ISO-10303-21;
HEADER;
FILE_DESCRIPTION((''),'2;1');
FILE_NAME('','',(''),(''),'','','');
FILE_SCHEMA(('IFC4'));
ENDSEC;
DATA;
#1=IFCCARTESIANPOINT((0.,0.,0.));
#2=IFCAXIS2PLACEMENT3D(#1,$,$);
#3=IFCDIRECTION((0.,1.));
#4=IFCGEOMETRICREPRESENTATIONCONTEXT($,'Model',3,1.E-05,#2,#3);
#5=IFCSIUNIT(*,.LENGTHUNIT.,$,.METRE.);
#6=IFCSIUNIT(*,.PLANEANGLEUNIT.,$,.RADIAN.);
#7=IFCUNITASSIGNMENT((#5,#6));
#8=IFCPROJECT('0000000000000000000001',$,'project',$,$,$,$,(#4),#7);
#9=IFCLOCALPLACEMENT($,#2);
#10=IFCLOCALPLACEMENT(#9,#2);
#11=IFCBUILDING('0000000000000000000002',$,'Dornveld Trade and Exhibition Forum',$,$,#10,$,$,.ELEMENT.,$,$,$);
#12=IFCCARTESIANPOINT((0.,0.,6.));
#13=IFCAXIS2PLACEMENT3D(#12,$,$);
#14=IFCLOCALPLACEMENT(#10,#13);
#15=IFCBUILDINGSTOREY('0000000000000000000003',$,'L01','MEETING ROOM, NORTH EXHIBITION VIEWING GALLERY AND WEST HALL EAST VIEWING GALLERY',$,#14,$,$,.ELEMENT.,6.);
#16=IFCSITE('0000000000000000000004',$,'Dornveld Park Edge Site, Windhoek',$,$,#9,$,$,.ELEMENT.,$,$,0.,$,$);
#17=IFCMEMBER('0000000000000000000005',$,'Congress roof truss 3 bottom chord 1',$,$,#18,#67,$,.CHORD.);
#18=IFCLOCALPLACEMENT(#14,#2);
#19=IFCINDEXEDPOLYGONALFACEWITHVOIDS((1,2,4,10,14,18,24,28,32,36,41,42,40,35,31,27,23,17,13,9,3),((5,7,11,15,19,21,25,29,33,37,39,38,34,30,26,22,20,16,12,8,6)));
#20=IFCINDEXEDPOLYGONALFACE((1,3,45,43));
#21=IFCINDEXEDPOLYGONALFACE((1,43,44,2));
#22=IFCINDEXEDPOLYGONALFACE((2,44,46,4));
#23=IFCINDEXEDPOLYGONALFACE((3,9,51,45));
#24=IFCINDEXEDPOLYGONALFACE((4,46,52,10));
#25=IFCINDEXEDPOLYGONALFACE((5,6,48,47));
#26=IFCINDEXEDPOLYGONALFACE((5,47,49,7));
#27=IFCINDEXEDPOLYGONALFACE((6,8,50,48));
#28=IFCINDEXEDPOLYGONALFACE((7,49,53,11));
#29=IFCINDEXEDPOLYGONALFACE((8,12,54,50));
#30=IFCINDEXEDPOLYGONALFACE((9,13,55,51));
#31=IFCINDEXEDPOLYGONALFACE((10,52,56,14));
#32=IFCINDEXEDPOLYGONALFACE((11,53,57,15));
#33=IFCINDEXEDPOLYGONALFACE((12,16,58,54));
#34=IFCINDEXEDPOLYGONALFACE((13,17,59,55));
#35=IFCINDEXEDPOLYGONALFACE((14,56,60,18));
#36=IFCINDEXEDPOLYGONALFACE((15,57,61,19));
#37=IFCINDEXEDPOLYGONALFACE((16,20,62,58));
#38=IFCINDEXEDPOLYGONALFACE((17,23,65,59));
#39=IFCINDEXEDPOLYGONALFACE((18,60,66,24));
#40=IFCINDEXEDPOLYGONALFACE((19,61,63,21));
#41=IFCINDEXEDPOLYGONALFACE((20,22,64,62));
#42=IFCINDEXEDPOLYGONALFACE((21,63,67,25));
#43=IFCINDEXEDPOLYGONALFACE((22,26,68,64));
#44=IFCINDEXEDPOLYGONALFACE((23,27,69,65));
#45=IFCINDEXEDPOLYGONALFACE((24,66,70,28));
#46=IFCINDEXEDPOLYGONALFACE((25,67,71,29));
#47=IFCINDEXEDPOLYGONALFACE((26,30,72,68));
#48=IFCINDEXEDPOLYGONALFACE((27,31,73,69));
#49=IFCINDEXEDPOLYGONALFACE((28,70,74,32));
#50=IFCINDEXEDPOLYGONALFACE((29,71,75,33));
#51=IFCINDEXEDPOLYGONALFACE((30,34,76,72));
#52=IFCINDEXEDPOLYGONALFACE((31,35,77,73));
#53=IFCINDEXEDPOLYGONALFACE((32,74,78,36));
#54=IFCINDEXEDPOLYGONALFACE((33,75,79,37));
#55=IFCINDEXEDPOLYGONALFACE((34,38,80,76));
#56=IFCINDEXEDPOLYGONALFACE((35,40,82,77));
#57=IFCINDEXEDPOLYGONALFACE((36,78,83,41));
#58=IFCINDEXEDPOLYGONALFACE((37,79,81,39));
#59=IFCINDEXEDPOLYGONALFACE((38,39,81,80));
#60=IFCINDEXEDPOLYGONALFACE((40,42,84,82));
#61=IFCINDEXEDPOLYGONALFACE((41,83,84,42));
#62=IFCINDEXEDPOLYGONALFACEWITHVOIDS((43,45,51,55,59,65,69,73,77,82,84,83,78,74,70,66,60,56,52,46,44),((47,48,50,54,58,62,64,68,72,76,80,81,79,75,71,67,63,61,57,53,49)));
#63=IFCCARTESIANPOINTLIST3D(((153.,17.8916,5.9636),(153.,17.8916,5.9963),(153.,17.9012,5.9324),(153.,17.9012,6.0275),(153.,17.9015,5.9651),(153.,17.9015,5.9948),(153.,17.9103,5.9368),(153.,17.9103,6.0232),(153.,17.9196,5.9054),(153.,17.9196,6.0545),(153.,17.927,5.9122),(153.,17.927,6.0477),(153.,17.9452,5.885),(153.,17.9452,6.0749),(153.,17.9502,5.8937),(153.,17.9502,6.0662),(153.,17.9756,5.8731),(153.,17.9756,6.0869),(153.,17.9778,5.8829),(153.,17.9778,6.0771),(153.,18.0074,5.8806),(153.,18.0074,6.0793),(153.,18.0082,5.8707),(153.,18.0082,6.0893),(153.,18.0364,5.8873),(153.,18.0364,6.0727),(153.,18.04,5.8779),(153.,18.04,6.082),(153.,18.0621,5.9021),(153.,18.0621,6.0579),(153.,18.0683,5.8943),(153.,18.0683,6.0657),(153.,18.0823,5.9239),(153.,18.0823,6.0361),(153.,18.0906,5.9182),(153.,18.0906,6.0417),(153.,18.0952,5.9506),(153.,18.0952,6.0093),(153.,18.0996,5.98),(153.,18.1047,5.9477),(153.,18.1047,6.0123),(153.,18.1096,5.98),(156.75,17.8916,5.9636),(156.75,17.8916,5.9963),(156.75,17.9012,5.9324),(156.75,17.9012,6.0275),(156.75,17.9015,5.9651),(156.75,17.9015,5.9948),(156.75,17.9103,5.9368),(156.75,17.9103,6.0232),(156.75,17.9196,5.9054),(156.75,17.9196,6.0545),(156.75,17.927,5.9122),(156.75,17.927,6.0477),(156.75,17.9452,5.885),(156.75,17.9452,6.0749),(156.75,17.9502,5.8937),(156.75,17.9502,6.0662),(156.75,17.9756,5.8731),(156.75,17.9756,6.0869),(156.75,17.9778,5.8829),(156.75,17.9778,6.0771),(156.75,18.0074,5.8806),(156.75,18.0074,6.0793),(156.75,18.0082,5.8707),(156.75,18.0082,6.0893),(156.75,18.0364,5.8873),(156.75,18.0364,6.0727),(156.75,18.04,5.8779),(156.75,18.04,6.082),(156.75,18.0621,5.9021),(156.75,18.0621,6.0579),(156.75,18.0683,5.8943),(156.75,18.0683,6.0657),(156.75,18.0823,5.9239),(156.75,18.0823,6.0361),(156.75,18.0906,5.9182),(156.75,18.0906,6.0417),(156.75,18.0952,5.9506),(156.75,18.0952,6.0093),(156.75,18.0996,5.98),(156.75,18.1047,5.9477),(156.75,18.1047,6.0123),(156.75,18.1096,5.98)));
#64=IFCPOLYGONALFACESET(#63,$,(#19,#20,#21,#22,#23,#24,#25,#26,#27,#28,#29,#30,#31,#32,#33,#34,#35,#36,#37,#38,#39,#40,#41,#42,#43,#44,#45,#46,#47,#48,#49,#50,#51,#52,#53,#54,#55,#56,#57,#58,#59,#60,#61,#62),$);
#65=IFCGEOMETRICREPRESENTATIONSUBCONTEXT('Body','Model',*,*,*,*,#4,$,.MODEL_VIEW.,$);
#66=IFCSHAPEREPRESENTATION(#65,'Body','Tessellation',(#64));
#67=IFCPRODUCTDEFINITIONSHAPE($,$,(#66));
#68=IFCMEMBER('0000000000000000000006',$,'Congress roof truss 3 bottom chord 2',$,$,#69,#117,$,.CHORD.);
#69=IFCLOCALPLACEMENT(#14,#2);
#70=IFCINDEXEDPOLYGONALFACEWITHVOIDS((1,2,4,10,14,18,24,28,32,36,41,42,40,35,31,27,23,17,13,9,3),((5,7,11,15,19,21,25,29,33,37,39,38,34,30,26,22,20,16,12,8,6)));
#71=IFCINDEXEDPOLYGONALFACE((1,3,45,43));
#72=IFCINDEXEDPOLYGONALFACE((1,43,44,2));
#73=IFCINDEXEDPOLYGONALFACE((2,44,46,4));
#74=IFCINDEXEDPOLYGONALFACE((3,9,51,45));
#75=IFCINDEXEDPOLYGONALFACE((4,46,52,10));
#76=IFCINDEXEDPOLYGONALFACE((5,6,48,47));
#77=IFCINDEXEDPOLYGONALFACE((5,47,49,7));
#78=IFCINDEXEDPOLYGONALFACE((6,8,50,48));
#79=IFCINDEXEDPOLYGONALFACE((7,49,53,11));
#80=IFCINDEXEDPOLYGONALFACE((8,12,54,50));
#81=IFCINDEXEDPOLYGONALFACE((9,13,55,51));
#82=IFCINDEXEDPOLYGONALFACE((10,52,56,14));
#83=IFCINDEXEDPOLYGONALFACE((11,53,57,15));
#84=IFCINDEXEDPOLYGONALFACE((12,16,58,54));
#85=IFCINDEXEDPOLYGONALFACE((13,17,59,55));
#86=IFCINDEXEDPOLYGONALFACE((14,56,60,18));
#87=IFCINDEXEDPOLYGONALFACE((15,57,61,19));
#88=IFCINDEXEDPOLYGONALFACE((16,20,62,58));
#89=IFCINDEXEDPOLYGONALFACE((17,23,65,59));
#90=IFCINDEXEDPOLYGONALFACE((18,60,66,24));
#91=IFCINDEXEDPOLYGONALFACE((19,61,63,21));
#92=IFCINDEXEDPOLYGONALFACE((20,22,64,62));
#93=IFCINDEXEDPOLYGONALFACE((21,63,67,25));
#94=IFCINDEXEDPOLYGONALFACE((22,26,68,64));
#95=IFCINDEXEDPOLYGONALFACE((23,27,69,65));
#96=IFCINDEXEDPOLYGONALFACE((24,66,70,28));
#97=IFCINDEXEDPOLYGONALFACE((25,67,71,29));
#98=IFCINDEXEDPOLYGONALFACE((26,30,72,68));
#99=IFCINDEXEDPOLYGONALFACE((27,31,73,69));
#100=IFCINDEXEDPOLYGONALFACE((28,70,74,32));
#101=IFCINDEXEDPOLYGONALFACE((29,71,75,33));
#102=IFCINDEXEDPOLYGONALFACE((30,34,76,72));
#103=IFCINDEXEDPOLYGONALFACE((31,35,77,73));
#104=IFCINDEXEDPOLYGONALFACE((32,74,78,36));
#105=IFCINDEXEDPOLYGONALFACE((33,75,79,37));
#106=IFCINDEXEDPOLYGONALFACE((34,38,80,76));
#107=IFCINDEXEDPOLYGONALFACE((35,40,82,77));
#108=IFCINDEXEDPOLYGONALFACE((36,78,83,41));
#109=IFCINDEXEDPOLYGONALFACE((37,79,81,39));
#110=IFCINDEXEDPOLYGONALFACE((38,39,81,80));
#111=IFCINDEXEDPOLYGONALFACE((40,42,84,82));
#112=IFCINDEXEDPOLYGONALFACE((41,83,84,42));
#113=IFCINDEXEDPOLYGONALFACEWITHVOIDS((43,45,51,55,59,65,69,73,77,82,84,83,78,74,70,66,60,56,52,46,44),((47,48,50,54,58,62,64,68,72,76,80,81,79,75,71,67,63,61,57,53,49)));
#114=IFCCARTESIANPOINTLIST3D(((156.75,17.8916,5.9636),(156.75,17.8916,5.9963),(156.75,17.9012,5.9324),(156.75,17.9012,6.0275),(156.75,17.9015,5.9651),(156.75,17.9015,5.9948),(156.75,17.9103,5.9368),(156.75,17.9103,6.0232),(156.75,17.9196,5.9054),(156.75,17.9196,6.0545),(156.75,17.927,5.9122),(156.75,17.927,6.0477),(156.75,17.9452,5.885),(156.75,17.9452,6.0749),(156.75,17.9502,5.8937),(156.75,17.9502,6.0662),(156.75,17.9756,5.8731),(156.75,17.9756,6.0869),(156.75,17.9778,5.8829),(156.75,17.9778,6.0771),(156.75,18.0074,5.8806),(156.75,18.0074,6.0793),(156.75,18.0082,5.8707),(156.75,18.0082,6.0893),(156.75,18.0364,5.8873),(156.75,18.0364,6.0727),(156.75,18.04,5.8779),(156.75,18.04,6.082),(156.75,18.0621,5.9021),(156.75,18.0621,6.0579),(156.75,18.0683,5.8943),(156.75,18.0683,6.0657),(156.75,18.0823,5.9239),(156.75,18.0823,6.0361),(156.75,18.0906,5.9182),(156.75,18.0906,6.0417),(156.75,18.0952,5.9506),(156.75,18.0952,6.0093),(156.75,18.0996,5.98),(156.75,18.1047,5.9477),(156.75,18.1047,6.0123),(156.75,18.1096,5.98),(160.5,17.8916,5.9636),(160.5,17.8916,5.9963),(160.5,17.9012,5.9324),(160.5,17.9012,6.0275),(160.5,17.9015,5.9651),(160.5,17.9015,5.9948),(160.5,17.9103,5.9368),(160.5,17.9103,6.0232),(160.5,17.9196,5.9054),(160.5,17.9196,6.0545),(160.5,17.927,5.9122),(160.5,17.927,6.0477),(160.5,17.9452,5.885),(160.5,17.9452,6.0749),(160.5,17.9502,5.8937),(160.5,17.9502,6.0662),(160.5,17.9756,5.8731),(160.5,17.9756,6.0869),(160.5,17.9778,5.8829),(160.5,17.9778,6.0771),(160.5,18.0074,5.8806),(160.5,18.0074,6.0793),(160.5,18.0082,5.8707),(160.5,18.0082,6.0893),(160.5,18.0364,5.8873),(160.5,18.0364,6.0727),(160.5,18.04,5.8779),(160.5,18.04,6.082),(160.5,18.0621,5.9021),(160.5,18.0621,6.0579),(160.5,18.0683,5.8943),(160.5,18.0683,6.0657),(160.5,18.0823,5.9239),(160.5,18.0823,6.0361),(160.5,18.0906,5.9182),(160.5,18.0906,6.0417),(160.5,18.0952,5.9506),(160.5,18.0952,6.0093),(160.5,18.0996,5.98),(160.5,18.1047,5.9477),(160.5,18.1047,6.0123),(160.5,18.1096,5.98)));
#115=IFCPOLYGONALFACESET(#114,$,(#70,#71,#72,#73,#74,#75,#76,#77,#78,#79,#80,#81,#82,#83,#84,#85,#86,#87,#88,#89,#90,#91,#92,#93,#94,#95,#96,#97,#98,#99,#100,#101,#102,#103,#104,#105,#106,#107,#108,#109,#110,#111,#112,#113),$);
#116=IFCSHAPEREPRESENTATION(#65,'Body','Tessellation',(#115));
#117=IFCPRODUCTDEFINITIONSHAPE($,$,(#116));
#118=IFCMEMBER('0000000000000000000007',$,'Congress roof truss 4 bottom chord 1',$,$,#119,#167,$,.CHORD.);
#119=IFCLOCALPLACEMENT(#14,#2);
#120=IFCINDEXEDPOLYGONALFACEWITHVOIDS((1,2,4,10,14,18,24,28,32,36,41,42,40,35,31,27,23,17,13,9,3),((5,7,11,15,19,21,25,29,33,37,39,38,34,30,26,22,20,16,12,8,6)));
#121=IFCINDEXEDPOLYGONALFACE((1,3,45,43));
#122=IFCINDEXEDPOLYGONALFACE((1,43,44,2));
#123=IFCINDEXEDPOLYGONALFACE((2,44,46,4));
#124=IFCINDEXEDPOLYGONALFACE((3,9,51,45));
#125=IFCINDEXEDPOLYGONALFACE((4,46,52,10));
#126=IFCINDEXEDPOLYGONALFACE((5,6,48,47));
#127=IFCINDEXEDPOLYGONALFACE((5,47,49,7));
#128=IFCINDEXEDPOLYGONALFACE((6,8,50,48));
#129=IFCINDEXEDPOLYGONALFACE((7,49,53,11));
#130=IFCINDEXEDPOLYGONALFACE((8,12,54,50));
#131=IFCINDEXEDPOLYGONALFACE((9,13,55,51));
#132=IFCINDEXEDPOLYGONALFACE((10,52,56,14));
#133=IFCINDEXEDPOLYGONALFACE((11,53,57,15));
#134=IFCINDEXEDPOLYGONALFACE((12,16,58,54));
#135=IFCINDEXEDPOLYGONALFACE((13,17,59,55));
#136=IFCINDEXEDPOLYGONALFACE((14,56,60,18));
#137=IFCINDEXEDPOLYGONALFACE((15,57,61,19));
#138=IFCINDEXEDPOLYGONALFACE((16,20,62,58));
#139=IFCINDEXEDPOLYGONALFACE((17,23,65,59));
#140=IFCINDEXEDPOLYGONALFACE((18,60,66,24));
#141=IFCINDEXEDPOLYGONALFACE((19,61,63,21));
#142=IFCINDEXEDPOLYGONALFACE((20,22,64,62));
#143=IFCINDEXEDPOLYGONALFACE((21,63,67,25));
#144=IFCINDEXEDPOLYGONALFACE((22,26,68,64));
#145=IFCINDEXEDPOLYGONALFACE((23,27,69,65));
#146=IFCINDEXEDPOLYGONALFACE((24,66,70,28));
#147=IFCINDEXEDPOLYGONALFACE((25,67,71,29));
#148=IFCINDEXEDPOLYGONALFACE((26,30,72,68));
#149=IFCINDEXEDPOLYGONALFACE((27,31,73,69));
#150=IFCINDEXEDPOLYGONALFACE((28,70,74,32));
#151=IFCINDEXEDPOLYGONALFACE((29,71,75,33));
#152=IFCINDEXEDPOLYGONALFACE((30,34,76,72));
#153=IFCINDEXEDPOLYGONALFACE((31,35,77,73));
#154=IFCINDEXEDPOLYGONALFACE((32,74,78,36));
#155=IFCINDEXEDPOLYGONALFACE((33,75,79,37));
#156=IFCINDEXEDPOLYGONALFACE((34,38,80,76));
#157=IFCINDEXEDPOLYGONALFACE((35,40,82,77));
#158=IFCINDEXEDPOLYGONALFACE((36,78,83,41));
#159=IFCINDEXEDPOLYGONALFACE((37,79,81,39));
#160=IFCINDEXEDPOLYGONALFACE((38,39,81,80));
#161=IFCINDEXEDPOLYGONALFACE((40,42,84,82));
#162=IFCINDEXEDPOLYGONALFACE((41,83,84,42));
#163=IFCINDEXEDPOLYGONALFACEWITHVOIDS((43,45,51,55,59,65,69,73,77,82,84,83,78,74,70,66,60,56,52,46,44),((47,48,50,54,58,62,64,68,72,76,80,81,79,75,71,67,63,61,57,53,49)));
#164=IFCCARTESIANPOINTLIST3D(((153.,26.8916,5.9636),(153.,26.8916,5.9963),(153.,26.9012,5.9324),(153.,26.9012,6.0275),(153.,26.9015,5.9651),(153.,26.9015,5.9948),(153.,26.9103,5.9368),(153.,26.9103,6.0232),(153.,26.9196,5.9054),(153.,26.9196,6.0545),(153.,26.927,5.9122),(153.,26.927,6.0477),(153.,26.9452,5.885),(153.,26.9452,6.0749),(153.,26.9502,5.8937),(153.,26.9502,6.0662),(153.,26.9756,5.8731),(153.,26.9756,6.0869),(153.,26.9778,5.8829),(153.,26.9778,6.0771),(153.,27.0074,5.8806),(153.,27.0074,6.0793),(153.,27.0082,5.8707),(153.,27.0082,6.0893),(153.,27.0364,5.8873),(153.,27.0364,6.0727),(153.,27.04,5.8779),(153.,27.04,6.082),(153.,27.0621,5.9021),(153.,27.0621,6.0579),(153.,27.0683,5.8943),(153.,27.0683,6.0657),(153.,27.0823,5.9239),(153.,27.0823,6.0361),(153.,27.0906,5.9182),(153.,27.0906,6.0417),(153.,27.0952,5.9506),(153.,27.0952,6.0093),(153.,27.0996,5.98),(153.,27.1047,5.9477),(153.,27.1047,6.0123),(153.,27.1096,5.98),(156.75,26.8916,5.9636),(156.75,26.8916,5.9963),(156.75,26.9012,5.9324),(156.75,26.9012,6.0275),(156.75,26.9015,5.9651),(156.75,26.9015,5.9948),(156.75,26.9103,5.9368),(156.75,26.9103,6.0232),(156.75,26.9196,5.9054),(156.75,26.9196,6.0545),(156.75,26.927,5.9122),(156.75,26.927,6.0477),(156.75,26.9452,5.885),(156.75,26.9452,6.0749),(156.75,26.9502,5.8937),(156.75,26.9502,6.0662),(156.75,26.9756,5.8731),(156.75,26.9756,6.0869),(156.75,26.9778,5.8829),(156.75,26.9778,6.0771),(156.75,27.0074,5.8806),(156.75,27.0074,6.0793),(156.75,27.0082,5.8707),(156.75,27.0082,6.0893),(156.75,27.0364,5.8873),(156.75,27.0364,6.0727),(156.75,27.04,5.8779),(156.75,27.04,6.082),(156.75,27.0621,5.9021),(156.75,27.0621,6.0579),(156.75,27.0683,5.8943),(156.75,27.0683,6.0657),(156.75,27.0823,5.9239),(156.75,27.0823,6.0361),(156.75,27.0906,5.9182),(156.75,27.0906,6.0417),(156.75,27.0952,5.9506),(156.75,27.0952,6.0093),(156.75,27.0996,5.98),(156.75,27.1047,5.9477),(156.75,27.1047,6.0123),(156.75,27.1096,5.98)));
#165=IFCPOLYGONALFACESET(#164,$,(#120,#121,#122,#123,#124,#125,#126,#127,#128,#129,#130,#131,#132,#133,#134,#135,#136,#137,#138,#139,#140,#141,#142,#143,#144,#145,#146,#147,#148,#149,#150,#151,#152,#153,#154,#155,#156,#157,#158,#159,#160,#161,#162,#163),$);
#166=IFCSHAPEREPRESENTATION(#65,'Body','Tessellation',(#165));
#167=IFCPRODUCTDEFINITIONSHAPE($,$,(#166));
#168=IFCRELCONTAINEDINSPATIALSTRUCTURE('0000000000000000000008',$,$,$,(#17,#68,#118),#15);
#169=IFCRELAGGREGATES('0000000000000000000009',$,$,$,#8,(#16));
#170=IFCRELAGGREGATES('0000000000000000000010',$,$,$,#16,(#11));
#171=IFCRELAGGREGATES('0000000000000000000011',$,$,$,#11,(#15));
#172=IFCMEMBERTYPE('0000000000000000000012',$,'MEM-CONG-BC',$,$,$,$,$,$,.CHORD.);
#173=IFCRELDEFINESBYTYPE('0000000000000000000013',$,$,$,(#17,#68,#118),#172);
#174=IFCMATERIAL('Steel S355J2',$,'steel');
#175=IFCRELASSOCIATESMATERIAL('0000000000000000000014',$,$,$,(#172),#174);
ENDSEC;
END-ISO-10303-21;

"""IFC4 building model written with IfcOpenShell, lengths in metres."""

from ifc_helpers import new_model, si_unit, direction, frame, origin, origin_2d, place, context, subcontext, project, spatial, hollow_circle, extrude, material, material_profile, profile_set, type_object, element, save


model = new_model("IFC4")

# Units and contexts
model_context = context("Model", 3, precision=1e-05, world=origin(), true_north=direction((0.0, 1.0)))
body_context = subcontext(model_context, "Body", "Model", "MODEL_VIEW")
ifc_project = project(units=[si_unit("LENGTHUNIT", "METRE"), si_unit("PLANEANGLEUNIT", "RADIAN")], contexts=[model_context])

# Site, building, storey
site_placement = place(None, origin())
site = spatial("IfcSite", under=ifc_project, at=site_placement, Name="Dornveld Park Edge Site, Windhoek", CompositionType="ELEMENT", RefElevation=0.0)
building_placement = place(site_placement, origin())
building = spatial("IfcBuilding", under=site, at=building_placement, Name="Dornveld Trade and Exhibition Forum", CompositionType="ELEMENT")
storey_placement = place(building_placement, frame((0.0, 0.0, 6.0)))
storey = spatial("IfcBuildingStorey", under=building, at=storey_placement, Name="L01", Description="MEETING ROOM, NORTH EXHIBITION VIEWING GALLERY AND WEST HALL EAST VIEWING GALLERY", CompositionType="ELEMENT", Elevation=6.0)

# Members
ifc_material_1 = material(Name="Steel S355J2", Category="steel")
ifc_material_profile_1 = material_profile(ifc_material_1, hollow_circle(Radius=0.1096, WallThickness=0.01, at=origin_2d()), Name="CHS 219.1x10")
ifc_profile_set_1 = profile_set([ifc_material_profile_1], Name="Steel S355J2")
member_type_1 = type_object("IfcMemberType", Name="MEM-CONG-BC", PredefinedType="CHORD", material=ifc_profile_set_1)
for number, where, z_axis, x_axis, name in (
    (1, (153.0, 18.0, 5.98), (1.0, 0.0, 0.0), (0.0, 1.0, 0.0), "Congress roof truss 3 bottom chord 1"),
    (2, (156.75, 18.0, 5.98), (1.0, 0.0, 0.0), (0.0, 1.0, 0.0), "Congress roof truss 3 bottom chord 2"),
    (3, (153.0, 27.0, 5.98), (1.0, 0.0, 0.0), (0.0, 1.0, 0.0), "Congress roof truss 4 bottom chord 1"),
):
    element("IfcMember", number, at=place(storey_placement, frame(where, z_axis=z_axis, x_axis=x_axis)), inside=storey, type_object=member_type_1, Name=name, PredefinedType="CHORD", context=body_context, shape_type="SweptSolid", body=[
        extrude(hollow_circle(Radius=0.1096, WallThickness=0.01, at=origin_2d()), origin(), (0.0, 0.0, 1.0), 3.75),
    ])

save(model, "model.ifc")
